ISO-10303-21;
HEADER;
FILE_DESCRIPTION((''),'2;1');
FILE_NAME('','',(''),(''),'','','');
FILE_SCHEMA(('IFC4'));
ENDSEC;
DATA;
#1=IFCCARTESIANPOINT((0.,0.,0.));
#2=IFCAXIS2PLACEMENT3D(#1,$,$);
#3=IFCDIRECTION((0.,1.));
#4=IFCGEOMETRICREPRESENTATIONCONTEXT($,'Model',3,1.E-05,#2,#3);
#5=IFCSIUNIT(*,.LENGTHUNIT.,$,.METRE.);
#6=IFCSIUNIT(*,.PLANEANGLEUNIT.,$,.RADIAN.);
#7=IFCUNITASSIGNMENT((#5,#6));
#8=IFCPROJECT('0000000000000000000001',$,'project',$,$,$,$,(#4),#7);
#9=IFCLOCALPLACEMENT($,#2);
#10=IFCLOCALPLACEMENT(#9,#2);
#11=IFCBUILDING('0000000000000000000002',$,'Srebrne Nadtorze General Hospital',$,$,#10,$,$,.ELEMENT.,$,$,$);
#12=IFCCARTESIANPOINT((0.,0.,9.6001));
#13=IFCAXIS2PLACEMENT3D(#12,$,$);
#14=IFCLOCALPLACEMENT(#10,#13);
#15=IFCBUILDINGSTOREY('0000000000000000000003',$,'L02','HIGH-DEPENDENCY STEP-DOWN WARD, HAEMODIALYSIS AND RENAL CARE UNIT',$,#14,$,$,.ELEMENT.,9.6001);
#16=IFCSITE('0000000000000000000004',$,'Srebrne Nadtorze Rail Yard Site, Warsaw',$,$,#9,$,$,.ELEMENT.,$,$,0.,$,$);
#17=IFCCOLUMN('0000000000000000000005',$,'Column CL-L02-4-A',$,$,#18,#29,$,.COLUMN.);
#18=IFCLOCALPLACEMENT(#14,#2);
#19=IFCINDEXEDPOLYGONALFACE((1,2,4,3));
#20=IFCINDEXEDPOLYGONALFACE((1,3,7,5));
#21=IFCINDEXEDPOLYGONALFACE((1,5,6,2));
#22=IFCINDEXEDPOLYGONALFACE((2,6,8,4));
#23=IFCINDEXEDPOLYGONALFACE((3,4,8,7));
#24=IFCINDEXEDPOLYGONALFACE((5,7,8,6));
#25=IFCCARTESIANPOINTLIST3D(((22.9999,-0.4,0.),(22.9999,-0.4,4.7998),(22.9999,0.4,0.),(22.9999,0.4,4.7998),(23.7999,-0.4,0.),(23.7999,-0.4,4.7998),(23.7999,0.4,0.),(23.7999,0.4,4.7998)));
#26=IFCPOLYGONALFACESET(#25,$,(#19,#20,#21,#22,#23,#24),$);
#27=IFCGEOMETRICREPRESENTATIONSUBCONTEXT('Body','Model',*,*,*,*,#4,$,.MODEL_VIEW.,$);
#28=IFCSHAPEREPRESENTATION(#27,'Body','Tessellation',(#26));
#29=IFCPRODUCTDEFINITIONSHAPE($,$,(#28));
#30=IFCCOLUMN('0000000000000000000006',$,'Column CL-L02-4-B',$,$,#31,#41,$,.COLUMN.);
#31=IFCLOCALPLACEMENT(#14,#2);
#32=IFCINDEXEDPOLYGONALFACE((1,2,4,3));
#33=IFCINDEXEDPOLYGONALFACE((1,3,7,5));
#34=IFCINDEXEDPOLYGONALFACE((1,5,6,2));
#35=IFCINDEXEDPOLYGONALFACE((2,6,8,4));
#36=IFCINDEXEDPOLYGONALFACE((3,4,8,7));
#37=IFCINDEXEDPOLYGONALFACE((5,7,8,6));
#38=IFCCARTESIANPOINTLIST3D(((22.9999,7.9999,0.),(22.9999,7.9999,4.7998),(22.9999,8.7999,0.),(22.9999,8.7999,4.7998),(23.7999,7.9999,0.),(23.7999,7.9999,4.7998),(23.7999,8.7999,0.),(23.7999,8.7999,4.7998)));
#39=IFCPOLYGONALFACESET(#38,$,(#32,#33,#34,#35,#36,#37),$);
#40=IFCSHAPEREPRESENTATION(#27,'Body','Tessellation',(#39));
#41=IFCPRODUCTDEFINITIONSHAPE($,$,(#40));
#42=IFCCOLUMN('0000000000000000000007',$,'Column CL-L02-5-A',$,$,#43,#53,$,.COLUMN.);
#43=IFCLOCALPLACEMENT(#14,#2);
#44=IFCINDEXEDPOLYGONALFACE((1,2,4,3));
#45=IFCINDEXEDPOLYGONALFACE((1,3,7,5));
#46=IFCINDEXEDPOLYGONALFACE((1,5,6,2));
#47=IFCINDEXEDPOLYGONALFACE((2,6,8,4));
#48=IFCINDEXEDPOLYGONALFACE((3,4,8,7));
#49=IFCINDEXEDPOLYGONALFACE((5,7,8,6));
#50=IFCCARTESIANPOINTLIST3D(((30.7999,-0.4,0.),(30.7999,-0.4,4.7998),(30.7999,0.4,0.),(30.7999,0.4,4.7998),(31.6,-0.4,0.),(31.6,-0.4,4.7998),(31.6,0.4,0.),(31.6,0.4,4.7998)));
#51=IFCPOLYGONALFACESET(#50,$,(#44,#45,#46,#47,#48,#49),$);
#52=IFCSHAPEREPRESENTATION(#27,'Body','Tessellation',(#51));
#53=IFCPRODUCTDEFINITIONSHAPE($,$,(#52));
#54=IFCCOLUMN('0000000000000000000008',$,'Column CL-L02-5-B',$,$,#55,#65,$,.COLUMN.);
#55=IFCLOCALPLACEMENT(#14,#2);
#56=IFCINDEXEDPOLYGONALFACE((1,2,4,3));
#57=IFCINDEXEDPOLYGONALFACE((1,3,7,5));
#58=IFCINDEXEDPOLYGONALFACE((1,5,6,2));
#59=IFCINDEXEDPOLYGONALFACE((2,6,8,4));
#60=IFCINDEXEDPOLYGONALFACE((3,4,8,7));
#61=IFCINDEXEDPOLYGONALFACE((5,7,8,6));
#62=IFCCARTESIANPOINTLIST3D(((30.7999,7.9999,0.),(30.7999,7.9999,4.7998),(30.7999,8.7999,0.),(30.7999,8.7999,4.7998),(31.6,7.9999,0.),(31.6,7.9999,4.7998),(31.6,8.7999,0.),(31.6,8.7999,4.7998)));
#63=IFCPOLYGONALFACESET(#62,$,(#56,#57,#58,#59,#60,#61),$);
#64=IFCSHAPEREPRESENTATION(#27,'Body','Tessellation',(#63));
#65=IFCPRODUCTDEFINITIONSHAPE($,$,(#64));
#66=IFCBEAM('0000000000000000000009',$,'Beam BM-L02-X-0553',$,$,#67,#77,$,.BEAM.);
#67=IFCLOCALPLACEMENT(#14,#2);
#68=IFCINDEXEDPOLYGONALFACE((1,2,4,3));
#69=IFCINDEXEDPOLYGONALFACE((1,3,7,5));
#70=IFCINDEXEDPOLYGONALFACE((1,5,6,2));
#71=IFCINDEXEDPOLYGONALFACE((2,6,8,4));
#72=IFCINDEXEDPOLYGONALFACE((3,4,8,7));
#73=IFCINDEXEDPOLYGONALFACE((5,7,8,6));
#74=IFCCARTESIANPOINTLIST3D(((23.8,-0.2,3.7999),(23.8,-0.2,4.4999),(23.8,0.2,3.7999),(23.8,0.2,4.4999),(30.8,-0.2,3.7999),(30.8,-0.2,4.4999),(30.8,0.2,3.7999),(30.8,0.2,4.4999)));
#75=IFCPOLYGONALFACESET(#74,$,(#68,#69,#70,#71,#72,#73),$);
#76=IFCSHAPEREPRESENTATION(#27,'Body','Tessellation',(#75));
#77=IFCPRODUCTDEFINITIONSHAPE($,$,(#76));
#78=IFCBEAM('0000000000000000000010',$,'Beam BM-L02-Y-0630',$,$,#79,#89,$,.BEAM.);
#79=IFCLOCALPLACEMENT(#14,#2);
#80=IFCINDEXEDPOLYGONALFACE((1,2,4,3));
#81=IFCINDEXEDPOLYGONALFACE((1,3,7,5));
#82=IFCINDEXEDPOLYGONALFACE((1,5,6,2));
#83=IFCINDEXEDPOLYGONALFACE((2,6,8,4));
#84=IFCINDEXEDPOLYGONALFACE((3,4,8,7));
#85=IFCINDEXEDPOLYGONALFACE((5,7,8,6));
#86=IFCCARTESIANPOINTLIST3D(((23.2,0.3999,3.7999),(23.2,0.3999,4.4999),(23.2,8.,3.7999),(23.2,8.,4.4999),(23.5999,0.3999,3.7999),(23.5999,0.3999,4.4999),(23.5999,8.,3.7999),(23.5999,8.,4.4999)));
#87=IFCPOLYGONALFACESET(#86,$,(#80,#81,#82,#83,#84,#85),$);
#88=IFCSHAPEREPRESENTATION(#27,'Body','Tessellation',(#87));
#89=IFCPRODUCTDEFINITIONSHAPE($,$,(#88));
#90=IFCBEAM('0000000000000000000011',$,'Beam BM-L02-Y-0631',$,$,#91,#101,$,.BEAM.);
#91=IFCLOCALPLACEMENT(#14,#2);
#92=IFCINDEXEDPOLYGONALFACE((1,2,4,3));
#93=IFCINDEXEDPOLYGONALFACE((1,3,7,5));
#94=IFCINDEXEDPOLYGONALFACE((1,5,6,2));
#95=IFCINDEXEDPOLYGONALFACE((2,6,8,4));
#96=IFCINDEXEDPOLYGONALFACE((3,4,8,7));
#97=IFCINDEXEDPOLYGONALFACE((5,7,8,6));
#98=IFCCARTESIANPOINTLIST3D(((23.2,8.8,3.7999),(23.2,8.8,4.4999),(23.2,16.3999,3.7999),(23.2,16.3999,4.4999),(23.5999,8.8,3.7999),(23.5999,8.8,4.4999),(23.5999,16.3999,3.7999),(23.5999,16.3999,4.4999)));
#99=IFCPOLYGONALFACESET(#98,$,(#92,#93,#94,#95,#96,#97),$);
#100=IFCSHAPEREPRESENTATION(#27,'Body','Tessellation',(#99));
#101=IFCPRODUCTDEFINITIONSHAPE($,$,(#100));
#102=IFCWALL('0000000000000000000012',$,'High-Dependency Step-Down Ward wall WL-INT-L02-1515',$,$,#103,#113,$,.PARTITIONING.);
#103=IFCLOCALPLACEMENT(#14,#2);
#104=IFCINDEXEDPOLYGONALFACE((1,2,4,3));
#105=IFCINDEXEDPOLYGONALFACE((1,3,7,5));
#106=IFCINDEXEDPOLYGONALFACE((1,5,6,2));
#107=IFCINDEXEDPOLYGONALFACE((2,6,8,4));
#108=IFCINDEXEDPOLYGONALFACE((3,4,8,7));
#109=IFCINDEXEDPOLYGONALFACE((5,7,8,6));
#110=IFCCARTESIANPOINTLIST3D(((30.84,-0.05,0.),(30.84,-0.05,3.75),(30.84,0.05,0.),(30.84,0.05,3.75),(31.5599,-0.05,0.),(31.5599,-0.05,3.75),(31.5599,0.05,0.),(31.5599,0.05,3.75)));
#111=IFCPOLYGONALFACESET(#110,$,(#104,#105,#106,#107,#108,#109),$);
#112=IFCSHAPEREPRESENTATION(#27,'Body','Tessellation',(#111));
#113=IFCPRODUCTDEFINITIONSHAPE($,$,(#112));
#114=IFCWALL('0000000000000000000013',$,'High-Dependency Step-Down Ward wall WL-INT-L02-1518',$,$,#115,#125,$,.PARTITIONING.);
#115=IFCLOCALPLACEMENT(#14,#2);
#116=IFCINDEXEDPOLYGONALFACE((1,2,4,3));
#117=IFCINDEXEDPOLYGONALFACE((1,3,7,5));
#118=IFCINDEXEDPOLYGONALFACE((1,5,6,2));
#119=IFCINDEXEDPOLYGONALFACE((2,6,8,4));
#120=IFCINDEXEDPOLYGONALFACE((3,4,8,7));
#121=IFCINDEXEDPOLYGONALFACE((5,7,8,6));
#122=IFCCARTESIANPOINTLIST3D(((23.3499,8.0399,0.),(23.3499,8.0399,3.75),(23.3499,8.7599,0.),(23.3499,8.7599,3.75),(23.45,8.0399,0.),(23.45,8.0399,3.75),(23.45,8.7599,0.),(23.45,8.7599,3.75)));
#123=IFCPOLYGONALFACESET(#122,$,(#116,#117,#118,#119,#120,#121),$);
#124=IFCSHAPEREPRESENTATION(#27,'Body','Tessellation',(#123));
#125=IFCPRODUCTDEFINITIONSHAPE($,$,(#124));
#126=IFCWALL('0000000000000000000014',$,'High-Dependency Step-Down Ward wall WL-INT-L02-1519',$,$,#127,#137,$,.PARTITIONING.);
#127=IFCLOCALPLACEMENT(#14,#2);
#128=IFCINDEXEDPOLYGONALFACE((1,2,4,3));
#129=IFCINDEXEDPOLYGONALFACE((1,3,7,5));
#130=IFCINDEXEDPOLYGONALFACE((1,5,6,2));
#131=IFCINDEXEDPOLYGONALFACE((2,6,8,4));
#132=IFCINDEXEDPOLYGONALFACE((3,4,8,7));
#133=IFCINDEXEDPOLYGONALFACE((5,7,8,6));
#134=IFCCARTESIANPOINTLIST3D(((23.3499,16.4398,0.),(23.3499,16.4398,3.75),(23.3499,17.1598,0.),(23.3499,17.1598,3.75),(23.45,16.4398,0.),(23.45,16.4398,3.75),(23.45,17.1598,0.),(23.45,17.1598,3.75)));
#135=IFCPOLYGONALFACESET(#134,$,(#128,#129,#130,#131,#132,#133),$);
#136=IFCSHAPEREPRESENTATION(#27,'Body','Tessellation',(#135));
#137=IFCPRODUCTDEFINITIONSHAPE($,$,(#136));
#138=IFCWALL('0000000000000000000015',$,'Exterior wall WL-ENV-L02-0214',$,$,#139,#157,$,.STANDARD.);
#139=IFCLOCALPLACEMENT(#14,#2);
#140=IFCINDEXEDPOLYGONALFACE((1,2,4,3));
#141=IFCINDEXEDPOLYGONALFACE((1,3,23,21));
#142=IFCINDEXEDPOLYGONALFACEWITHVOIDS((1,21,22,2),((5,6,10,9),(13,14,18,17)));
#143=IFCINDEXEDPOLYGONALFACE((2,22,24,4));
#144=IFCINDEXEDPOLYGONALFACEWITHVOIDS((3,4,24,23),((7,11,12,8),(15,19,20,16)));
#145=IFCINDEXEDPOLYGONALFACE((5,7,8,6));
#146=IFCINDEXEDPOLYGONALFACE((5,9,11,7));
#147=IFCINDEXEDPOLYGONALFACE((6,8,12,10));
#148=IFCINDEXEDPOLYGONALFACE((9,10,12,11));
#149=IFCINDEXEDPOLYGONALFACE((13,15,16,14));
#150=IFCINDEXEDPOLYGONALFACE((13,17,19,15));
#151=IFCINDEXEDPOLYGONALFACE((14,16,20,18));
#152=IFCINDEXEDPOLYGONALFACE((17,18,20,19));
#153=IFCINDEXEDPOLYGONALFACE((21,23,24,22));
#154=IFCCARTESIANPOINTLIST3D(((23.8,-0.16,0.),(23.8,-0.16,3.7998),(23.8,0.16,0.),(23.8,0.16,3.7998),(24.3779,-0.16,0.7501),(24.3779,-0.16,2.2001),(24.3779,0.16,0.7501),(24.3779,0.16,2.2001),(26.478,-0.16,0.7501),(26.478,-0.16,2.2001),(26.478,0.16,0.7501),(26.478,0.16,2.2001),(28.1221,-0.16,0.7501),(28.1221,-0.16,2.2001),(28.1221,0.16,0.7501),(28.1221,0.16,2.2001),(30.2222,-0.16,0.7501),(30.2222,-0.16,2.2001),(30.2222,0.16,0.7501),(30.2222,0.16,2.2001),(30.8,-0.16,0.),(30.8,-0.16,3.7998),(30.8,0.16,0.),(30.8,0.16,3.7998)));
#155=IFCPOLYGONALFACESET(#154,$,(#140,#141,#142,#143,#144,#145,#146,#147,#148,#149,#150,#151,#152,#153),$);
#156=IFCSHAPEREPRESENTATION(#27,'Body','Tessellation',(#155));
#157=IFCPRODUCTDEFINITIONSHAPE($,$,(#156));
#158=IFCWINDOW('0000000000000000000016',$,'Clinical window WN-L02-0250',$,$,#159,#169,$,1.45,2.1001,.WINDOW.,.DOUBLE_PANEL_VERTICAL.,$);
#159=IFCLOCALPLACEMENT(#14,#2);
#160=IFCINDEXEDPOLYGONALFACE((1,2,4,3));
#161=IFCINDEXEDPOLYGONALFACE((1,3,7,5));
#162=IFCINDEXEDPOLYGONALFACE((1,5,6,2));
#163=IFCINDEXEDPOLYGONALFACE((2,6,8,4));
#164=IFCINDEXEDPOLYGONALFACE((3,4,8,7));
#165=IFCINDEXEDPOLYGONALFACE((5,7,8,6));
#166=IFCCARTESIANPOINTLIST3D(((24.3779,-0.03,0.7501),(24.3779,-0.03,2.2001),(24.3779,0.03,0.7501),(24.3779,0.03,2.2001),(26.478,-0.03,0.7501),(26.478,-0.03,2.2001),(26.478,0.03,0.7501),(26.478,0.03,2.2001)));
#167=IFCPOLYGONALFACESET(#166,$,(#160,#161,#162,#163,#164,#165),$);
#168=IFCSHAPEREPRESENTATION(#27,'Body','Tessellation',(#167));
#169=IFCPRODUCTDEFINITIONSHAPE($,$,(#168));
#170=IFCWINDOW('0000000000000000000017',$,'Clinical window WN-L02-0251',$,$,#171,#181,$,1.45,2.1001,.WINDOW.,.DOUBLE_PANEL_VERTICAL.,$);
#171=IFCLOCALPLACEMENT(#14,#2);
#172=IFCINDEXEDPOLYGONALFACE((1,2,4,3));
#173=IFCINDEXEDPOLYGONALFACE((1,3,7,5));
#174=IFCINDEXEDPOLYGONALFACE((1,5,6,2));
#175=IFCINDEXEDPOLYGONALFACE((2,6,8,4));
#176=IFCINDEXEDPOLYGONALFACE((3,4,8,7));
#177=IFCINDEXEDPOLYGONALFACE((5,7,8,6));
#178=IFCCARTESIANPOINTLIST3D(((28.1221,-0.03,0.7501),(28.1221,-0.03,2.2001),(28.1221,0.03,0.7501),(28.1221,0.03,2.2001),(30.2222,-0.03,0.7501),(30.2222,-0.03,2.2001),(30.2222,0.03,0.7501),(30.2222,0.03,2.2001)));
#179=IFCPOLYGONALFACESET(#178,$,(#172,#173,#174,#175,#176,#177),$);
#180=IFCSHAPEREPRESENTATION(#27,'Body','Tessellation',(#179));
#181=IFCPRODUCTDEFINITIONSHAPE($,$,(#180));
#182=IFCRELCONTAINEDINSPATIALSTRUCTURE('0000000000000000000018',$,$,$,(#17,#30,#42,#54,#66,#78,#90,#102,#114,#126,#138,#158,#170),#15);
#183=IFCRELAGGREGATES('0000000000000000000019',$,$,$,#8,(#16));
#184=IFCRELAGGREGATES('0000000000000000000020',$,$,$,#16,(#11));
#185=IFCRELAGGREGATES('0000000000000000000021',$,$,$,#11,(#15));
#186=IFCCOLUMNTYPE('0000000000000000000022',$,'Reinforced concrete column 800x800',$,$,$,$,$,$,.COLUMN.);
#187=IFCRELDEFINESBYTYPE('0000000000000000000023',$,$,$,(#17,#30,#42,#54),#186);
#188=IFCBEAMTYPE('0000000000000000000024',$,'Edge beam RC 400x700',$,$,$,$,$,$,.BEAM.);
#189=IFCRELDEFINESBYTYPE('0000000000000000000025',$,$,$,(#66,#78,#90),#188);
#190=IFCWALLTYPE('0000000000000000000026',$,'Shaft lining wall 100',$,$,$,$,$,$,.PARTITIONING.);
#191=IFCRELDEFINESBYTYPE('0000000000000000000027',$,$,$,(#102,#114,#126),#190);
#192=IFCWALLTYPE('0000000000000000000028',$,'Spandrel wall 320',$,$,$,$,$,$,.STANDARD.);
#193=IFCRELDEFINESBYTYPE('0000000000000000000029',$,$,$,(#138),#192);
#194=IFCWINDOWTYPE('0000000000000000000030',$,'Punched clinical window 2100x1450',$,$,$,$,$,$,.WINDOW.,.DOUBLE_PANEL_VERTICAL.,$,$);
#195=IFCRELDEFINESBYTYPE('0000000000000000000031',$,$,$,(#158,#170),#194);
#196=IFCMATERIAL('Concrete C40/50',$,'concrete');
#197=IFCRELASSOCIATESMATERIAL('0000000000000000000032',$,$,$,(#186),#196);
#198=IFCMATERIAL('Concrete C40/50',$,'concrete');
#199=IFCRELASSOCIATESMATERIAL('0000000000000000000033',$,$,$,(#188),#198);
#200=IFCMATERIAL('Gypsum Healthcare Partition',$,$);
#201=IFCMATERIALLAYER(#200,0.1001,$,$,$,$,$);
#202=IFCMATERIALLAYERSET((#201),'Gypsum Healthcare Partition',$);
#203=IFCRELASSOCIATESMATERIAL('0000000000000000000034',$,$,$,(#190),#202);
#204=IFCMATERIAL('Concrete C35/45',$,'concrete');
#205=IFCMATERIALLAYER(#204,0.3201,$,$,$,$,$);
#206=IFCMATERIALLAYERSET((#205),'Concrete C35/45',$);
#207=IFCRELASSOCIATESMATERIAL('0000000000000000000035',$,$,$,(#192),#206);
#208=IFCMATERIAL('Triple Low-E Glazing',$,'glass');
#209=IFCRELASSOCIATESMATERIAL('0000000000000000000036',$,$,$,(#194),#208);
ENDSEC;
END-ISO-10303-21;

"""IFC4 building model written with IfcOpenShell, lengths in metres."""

from ifc_helpers import new_model, si_unit, direction, frame, frame_2d, origin, origin_2d, place, context, subcontext, project, spatial, rectangle, extrude, material, layer, layer_set, material_profile, profile_set, type_object, element, fill, save


model = new_model("IFC4")

# Units and contexts
model_context = context("Model", 3, precision=1e-05, world=origin(), true_north=direction((0.0, 1.0)))
body_context = subcontext(model_context, "Body", "Model", "MODEL_VIEW")
ifc_project = project(units=[si_unit("LENGTHUNIT", "METRE"), si_unit("PLANEANGLEUNIT", "RADIAN")], contexts=[model_context])

# Site, building, storey
site_placement = place(None, origin())
site = spatial("IfcSite", under=ifc_project, at=site_placement, Name="Srebrne Nadtorze Rail Yard Site, Warsaw", CompositionType="ELEMENT", RefElevation=0.0)
building_placement = place(site_placement, origin())
building = spatial("IfcBuilding", under=site, at=building_placement, Name="Srebrne Nadtorze General Hospital", CompositionType="ELEMENT")
storey_placement = place(building_placement, frame((0.0, 0.0, 9.6001)))
storey = spatial("IfcBuildingStorey", under=building, at=storey_placement, Name="L02", Description="HIGH-DEPENDENCY STEP-DOWN WARD, HAEMODIALYSIS AND RENAL CARE UNIT", CompositionType="ELEMENT", Elevation=9.6001)

# Columns
ifc_material_1 = material(Name="Concrete C40/50", Category="concrete")
ifc_material_profile_1 = material_profile(ifc_material_1, rectangle(XDim=0.8, YDim=0.8, at=origin_2d()), Name="RC-COL-800x800")
ifc_profile_set_1 = profile_set([ifc_material_profile_1], Name="Concrete C40/50")
column_type = type_object("IfcColumnType", Name="Reinforced concrete column 800x800", PredefinedType="COLUMN", material=ifc_profile_set_1)
for number, where, z_axis, x_axis, name in (
    (1, (23.3999, 0.0, 0.0), (0.0, 0.0, 1.0), (1.0, 0.0, 0.0), "Column CL-L02-4-A"),
    (2, (23.3999, 8.3999, 0.0), (0.0, 0.0, 1.0), (1.0, 0.0, 0.0), "Column CL-L02-4-B"),
    (3, (31.2, 0.0, 0.0), (0.0, 0.0, 1.0), (1.0, 0.0, 0.0), "Column CL-L02-5-A"),
    (4, (31.2, 8.3999, 0.0), (0.0, 0.0, 1.0), (1.0, 0.0, 0.0), "Column CL-L02-5-B"),
):
    element("IfcColumn", number, at=place(storey_placement, frame(where, z_axis=z_axis, x_axis=x_axis)), inside=storey, type_object=column_type, Name=name, PredefinedType="COLUMN", context=body_context, shape_type="SweptSolid", body=[
        extrude(rectangle(XDim=0.8, YDim=0.8, at=origin_2d()), origin(), (0.0, 0.0, 1.0), 4.7998),
    ])

# Beams
ifc_material_2 = material(Name="Concrete C40/50", Category="concrete")
ifc_material_profile_2 = material_profile(ifc_material_2, rectangle(XDim=0.3999, YDim=0.7, at=origin_2d()), Name="RC-BM-400x700")
ifc_profile_set_2 = profile_set([ifc_material_profile_2], Name="Concrete C40/50")
beam_type = type_object("IfcBeamType", Name="Edge beam RC 400x700", PredefinedType="BEAM", material=ifc_profile_set_2)
beam_1_placement = place(storey_placement, frame((23.8, 0.0, 4.1499), z_axis=(1.0, 0.0, 0.0), x_axis=(0.0, 1.0, 0.0)))
element("IfcBeam", 5, at=beam_1_placement, inside=storey, type_object=beam_type, Name="Beam BM-L02-X-0553", PredefinedType="BEAM", context=body_context, shape_type="SweptSolid", body=[
    extrude(rectangle(XDim=0.3999, YDim=0.7, at=origin_2d()), origin(), (0.0, 0.0, 1.0), 7.0),
])
beam_2_placement = place(storey_placement, frame((23.3999, 0.3999, 4.1499), z_axis=(0.0, 1.0, 0.0), x_axis=(-1.0, 0.0, 0.0)))
element("IfcBeam", 6, at=beam_2_placement, inside=storey, type_object=beam_type, Name="Beam BM-L02-Y-0630", PredefinedType="BEAM", context=body_context, shape_type="SweptSolid", body=[
    extrude(rectangle(XDim=0.3999, YDim=0.7, at=origin_2d()), origin(), (0.0, 0.0, 1.0), 7.6001),
])
beam_3_placement = place(storey_placement, frame((23.3999, 8.8, 4.1499), z_axis=(0.0, 1.0, 0.0), x_axis=(-1.0, 0.0, 0.0)))
element("IfcBeam", 7, at=beam_3_placement, inside=storey, type_object=beam_type, Name="Beam BM-L02-Y-0631", PredefinedType="BEAM", context=body_context, shape_type="SweptSolid", body=[
    extrude(rectangle(XDim=0.3999, YDim=0.7, at=origin_2d()), origin(), (0.0, 0.0, 1.0), 7.5999),
])

# Walls
ifc_material_3 = material(Name="Gypsum Healthcare Partition")
ifc_layer_1 = layer(ifc_material_3, 0.1001)
ifc_layer_set_1 = layer_set([ifc_layer_1], Name="Gypsum Healthcare Partition")
wall_type_1 = type_object("IfcWallType", Name="Shaft lining wall 100", PredefinedType="PARTITIONING", material=ifc_layer_set_1)
for number, where, z_axis, x_axis, name in (
    (8, (30.8401, 0.0, 0.0), (0.0, 0.0, 1.0), (1.0, 0.0, 0.0), "High-Dependency Step-Down Ward wall WL-INT-L02-1515"),
    (9, (23.3999, 8.04, 0.0), (0.0, 0.0, 1.0), (0.0, 1.0, 0.0), "High-Dependency Step-Down Ward wall WL-INT-L02-1518"),
    (10, (23.3999, 16.4399, 0.0), (0.0, 0.0, 1.0), (0.0, 1.0, 0.0), "High-Dependency Step-Down Ward wall WL-INT-L02-1519"),
):
    element("IfcWall", number, at=place(storey_placement, frame(where, z_axis=z_axis, x_axis=x_axis)), inside=storey, type_object=wall_type_1, Name=name, PredefinedType="PARTITIONING", context=body_context, shape_type="SweptSolid", body=[
        extrude(rectangle(XDim=0.72, YDim=0.1001, at=frame_2d((0.3599, 0.0))), origin(), (0.0, 0.0, 1.0), 3.75),
    ])

# Wall, openings, windows
ifc_material_4 = material(Name="Concrete C35/45", Category="concrete")
ifc_layer_2 = layer(ifc_material_4, 0.3201)
ifc_layer_set_2 = layer_set([ifc_layer_2], Name="Concrete C35/45")
wall_type_2 = type_object("IfcWallType", Name="Spandrel wall 320", PredefinedType="STANDARD", material=ifc_layer_set_2)
wall_1_placement = place(storey_placement, frame((23.8, 0.0, 0.0), z_axis=(0.0, 0.0, 1.0), x_axis=(1.0, 0.0, 0.0)))
wall_1 = element("IfcWall", 11, at=wall_1_placement, inside=storey, type_object=wall_type_2, Name="Exterior wall WL-ENV-L02-0214", PredefinedType="STANDARD", context=body_context, shape_type="SweptSolid", body=[
    extrude(rectangle(XDim=7.0, YDim=0.3201, at=frame_2d((3.5, 0.0))), origin(), (0.0, 0.0, 1.0), 3.7998),
])
opening_1_placement = place(wall_1_placement, frame((0.5779, 0.0, 0.75)))
opening_1 = element("IfcOpeningElement", 12, at=opening_1_placement, cuts=wall_1, PredefinedType="OPENING", context=body_context, shape_type="SweptSolid", body=[
    extrude(rectangle(XDim=2.1001, YDim=1.45, at=frame_2d((1.05, 0.7251))), frame((0.0, 0.1719, 0.0), z_axis=(0.0, -1.0, 0.0), x_axis=(1.0, 0.0, 0.0)), (0.0, 0.0, 1.0), 0.344),
])
opening_2_placement = place(wall_1_placement, frame((4.322, 0.0, 0.75)))
opening_2 = element("IfcOpeningElement", 13, at=opening_2_placement, cuts=wall_1, PredefinedType="OPENING", context=body_context, shape_type="SweptSolid", body=[
    extrude(rectangle(XDim=2.1001, YDim=1.45, at=frame_2d((1.05, 0.7251))), frame((0.0, 0.1719, 0.0), z_axis=(0.0, -1.0, 0.0), x_axis=(1.0, 0.0, 0.0)), (0.0, 0.0, 1.0), 0.344),
])
ifc_material_5 = material(Name="Triple Low-E Glazing", Category="glass")
window_type_1 = type_object("IfcWindowType", Name="Punched clinical window 2100x1450", PartitioningType="DOUBLE_PANEL_VERTICAL", PredefinedType="WINDOW", material=ifc_material_5)
window_1_placement = place(opening_1_placement, origin())
window_1 = element("IfcWindow", 14, at=window_1_placement, inside=storey, type_object=window_type_1, Name="Clinical window WN-L02-0250", OverallHeight=1.45, OverallWidth=2.1001, PartitioningType="DOUBLE_PANEL_VERTICAL", PredefinedType="WINDOW", context=body_context, shape_type="SweptSolid", body=[
    extrude(rectangle(XDim=2.1001, YDim=1.45, at=frame_2d((1.05, 0.7251))), frame((0.0, 0.03, 0.0), z_axis=(0.0, -1.0, 0.0), x_axis=(1.0, 0.0, 0.0)), (0.0, 0.0, 1.0), 0.0601),
])
fill(opening_1, window_1)
window_2_placement = place(opening_2_placement, origin())
window_2 = element("IfcWindow", 15, at=window_2_placement, inside=storey, type_object=window_type_1, Name="Clinical window WN-L02-0251", OverallHeight=1.45, OverallWidth=2.1001, PartitioningType="DOUBLE_PANEL_VERTICAL", PredefinedType="WINDOW", context=body_context, shape_type="SweptSolid", body=[
    extrude(rectangle(XDim=2.1001, YDim=1.45, at=frame_2d((1.05, 0.7251))), frame((0.0, 0.03, 0.0), z_axis=(0.0, -1.0, 0.0), x_axis=(1.0, 0.0, 0.0)), (0.0, 0.0, 1.0), 0.0601),
])
fill(opening_2, window_2)

save(model, "model.ifc")
